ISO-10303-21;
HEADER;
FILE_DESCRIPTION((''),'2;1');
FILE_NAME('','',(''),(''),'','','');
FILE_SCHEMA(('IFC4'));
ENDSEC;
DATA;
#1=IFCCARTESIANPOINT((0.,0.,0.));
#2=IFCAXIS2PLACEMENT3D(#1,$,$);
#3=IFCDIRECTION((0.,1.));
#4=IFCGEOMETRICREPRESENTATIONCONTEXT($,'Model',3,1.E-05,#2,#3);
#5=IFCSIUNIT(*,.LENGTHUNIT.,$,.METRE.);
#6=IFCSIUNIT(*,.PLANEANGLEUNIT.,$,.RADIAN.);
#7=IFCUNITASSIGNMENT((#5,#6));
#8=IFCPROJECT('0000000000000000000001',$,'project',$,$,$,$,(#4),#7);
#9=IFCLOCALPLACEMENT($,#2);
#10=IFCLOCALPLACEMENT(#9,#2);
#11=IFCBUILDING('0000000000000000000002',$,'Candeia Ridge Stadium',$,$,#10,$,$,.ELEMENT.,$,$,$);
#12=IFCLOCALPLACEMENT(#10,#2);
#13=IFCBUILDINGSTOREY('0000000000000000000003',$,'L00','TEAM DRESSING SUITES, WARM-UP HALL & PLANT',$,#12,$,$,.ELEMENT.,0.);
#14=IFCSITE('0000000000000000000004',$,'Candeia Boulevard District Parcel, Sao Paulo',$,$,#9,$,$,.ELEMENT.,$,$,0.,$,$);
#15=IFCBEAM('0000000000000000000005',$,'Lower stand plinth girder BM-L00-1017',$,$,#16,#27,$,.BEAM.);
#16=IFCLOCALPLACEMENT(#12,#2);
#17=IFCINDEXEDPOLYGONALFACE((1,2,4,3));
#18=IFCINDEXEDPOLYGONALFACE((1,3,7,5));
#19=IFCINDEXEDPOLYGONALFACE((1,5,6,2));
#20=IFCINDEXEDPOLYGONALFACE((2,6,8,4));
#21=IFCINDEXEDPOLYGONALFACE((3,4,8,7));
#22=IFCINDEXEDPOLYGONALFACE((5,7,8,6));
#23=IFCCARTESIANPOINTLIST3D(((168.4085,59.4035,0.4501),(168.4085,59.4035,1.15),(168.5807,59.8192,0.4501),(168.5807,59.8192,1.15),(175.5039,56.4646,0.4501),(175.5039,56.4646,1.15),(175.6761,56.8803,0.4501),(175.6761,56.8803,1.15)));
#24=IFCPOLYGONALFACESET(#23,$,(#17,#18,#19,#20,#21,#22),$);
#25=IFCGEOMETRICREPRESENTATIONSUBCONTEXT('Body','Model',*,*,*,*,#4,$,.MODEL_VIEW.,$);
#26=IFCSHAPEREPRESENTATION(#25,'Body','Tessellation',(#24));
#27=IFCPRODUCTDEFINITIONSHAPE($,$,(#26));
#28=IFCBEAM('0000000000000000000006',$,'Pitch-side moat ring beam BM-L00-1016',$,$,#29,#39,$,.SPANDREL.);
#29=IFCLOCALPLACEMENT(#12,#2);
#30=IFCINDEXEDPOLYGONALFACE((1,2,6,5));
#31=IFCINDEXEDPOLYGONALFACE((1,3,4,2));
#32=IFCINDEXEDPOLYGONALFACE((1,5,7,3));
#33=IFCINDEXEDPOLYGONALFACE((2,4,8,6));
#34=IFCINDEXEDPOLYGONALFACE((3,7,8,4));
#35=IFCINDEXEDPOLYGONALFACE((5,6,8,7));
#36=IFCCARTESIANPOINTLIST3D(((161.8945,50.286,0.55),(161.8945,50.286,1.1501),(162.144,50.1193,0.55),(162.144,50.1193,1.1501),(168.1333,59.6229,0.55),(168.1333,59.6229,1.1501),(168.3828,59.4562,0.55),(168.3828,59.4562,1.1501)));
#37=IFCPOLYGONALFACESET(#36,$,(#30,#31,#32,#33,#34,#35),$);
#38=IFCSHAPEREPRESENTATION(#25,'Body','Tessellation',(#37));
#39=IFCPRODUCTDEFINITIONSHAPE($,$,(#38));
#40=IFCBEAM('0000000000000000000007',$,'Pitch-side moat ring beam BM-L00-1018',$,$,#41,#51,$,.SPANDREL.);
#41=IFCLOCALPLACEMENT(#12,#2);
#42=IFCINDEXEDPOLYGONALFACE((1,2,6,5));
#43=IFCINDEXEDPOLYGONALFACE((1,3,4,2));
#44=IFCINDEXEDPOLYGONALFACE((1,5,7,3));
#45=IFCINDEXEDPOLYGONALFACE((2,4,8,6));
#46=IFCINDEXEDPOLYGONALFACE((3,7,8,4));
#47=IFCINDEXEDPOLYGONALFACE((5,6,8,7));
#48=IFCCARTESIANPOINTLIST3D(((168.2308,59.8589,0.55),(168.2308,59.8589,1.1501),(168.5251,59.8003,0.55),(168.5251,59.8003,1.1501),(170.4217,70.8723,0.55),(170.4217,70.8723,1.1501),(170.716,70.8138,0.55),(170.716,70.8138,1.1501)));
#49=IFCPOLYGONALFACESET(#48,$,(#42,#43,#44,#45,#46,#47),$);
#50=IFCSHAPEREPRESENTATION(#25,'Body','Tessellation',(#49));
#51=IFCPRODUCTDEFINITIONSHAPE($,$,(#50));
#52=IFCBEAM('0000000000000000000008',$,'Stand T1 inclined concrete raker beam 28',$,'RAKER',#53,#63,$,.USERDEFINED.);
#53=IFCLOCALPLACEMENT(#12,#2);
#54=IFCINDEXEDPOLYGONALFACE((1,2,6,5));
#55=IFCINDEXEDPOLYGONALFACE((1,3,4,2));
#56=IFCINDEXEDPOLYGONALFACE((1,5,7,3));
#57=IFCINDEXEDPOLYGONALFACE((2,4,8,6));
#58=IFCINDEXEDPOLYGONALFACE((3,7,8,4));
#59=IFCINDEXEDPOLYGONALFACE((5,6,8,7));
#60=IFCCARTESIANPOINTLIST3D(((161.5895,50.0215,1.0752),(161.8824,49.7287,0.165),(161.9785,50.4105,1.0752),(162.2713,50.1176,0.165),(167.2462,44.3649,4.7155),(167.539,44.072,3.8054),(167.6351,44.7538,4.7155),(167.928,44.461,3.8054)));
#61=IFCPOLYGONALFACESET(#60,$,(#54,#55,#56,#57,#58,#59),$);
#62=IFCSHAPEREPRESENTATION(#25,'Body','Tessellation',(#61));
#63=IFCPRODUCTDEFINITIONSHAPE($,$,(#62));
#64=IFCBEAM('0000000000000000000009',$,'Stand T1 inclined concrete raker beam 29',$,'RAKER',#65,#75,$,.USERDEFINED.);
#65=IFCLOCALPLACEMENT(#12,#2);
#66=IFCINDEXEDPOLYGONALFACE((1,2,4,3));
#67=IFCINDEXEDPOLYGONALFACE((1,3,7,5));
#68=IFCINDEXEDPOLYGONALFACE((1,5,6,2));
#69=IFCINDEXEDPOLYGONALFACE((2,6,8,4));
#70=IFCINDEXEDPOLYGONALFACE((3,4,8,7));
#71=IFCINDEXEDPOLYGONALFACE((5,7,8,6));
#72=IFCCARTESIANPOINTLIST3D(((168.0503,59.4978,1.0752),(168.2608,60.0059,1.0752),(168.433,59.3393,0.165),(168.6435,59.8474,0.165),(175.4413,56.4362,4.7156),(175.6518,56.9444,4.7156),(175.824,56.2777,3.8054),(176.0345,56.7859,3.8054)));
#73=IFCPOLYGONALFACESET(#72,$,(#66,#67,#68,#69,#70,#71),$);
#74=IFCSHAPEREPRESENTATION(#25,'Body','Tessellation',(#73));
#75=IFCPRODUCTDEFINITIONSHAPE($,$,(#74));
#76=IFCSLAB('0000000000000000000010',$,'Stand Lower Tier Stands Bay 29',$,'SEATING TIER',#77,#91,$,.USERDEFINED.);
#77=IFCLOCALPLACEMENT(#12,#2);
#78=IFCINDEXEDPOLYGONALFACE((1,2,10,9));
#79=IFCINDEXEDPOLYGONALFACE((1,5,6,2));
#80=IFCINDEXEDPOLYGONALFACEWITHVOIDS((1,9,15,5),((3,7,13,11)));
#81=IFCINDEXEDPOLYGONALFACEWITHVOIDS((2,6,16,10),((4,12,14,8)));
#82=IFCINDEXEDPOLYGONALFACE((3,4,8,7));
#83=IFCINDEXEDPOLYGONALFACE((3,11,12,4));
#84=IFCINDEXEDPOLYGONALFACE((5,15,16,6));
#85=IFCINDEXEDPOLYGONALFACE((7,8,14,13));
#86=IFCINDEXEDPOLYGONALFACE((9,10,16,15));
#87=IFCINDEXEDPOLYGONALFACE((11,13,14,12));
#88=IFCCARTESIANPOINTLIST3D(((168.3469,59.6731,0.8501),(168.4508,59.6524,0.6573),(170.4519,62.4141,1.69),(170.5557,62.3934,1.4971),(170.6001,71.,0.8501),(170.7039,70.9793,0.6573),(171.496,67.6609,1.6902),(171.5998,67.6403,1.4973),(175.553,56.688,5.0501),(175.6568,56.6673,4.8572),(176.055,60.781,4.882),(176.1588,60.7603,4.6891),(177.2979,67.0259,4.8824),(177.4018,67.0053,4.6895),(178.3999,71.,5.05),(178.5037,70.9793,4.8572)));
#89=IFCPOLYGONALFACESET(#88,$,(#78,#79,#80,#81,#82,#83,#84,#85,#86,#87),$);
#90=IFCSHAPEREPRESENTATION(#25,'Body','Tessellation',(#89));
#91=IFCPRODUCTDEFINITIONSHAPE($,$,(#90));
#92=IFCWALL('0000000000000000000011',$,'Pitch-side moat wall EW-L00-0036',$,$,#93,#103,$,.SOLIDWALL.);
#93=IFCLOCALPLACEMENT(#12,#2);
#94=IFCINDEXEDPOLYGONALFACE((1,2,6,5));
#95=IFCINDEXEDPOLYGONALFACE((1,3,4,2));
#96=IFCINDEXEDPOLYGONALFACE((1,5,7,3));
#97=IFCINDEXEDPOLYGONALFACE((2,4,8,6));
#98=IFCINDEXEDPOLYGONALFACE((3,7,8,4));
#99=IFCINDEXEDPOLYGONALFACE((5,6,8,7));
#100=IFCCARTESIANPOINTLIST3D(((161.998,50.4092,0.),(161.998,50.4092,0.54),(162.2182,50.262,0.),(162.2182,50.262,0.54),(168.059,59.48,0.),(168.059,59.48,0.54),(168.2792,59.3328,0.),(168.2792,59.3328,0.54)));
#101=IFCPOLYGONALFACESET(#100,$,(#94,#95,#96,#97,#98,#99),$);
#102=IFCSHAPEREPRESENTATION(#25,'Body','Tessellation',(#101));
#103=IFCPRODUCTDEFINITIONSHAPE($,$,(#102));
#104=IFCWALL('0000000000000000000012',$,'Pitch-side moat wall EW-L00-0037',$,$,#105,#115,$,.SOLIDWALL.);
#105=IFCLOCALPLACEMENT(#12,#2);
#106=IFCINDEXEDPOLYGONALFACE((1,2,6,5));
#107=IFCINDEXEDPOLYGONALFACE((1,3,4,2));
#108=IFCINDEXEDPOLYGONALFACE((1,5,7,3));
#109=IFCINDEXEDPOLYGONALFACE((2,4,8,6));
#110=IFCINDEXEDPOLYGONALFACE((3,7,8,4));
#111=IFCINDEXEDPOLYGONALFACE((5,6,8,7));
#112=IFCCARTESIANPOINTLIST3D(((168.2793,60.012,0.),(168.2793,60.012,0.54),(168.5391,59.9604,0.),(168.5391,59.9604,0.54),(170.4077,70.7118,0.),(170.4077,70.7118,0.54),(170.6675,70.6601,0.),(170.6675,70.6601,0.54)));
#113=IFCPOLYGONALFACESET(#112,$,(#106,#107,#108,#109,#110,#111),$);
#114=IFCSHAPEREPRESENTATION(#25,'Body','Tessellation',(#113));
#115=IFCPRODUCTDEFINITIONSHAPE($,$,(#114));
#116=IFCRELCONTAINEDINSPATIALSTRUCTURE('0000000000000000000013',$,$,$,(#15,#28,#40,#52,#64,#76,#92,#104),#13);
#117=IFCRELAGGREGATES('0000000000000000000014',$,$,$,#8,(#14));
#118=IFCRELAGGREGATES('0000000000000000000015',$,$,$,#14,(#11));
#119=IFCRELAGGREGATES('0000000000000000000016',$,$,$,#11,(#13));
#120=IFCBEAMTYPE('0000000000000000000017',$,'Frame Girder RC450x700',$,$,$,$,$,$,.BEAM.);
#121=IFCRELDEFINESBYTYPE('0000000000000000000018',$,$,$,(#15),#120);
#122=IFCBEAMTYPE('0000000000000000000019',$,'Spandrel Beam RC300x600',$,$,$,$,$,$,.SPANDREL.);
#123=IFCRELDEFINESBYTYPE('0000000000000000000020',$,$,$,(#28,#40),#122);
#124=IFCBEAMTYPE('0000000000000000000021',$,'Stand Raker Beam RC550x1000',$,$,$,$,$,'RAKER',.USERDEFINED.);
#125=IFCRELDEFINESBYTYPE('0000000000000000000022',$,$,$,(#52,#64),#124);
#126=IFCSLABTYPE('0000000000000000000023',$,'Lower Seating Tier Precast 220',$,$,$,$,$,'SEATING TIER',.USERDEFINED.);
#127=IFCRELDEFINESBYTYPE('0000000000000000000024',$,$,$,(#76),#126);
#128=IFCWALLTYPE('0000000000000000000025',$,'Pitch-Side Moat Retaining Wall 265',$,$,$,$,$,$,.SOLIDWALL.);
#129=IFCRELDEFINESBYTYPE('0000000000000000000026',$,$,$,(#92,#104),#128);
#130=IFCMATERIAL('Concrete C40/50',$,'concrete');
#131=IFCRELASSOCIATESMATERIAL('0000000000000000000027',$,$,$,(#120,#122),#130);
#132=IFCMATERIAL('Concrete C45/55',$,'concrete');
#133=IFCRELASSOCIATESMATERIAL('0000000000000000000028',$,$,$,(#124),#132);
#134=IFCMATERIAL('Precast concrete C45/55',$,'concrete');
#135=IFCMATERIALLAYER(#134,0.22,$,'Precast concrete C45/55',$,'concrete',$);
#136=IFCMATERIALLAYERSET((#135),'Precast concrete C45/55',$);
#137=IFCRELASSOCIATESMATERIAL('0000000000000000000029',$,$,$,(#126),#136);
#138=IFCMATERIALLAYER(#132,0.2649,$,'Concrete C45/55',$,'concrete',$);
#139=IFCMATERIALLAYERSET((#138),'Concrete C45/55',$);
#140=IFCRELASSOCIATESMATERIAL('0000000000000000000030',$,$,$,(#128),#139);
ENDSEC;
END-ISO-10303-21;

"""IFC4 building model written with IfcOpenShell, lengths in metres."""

from ifc_helpers import new_model, si_unit, direction, frame, frame_2d, origin, origin_2d, place, context, subcontext, project, spatial, polyline, rectangle, outline, extrude, material, layer, layer_set, material_profile, profile_set, type_object, element, save


model = new_model("IFC4")

# Units and contexts
model_context = context("Model", 3, precision=1e-05, world=origin(), true_north=direction((0.0, 1.0)))
body_context = subcontext(model_context, "Body", "Model", "MODEL_VIEW")
ifc_project = project(units=[si_unit("LENGTHUNIT", "METRE"), si_unit("PLANEANGLEUNIT", "RADIAN")], contexts=[model_context])

# Site, building, storey
site_placement = place(None, origin())
site = spatial("IfcSite", under=ifc_project, at=site_placement, Name="Candeia Boulevard District Parcel, Sao Paulo", CompositionType="ELEMENT", RefElevation=0.0)
building_placement = place(site_placement, origin())
building = spatial("IfcBuilding", under=site, at=building_placement, Name="Candeia Ridge Stadium", CompositionType="ELEMENT")
storey_placement = place(building_placement, origin())
storey = spatial("IfcBuildingStorey", under=building, at=storey_placement, Name="L00", Description="TEAM DRESSING SUITES, WARM-UP HALL & PLANT", CompositionType="ELEMENT", Elevation=0.0)

# Shared definitions
ifc_material_1 = material(Name="Concrete C40/50", Category="concrete")

# Beams
ifc_material_profile_1 = material_profile(ifc_material_1, rectangle(XDim=0.45, YDim=0.7, at=origin_2d()), Name="RC450x700", Category="concrete")
ifc_profile_set_1 = profile_set([ifc_material_profile_1], Name="Concrete C40/50")
beam_type_1 = type_object("IfcBeamType", Name="Frame Girder RC450x700", PredefinedType="BEAM", material=ifc_profile_set_1)
beam_1_placement = place(storey_placement, frame((168.4946, 59.6113, 0.8), z_axis=(0.923883, -0.382676, 0.0), x_axis=(0.382676, 0.923883, 0.0)))
element("IfcBeam", 1, at=beam_1_placement, inside=storey, type_object=beam_type_1, Name="Lower stand plinth girder BM-L00-1017", PredefinedType="BEAM", context=body_context, shape_type="SweptSolid", body=[
    extrude(rectangle(XDim=0.45, YDim=0.7, at=origin_2d()), origin(), (0.0, 0.0, 1.0), 7.6799),
])
ifc_material_profile_2 = material_profile(ifc_material_1, rectangle(XDim=0.3, YDim=0.6001, at=origin_2d()), Name="RC300x600", Category="concrete")
ifc_profile_set_2 = profile_set([ifc_material_profile_2], Name="Concrete C40/50")
beam_type_2 = type_object("IfcBeamType", Name="Spandrel Beam RC300x600", PredefinedType="SPANDREL", material=ifc_profile_set_2)
beam_2_placement = place(storey_placement, frame((162.0193, 50.2026, 0.8501), z_axis=(0.555573, 0.831468, 0.0), x_axis=(-0.831468, 0.555573, 0.0)))
element("IfcBeam", 2, at=beam_2_placement, inside=storey, type_object=beam_type_2, Name="Pitch-side moat ring beam BM-L00-1016", PredefinedType="SPANDREL", context=body_context, shape_type="SweptSolid", body=[
    extrude(rectangle(XDim=0.3, YDim=0.6001, at=origin_2d()), origin(), (0.0, 0.0, 1.0), 11.2295),
])
beam_3_placement = place(storey_placement, frame((168.3779, 59.8296, 0.8501), z_axis=(0.195108, 0.980782, 0.0), x_axis=(-0.980782, 0.195108, 0.0)))
element("IfcBeam", 3, at=beam_3_placement, inside=storey, type_object=beam_type_2, Name="Pitch-side moat ring beam BM-L00-1018", PredefinedType="SPANDREL", context=body_context, shape_type="SweptSolid", body=[
    extrude(rectangle(XDim=0.3, YDim=0.6001, at=origin_2d()), origin(), (0.0, 0.0, 1.0), 11.2292),
])
ifc_material_2 = material(Name="Concrete C45/55", Category="concrete")
ifc_material_profile_3 = material_profile(ifc_material_2, rectangle(XDim=0.55, YDim=1.0, at=origin_2d()), Name="RC550x1000", Category="concrete")
ifc_profile_set_3 = profile_set([ifc_material_profile_3], Name="Concrete C45/55")
beam_type_3 = type_object("IfcBeamType", Name="Stand Raker Beam RC550x1000", ElementType="RAKER", PredefinedType="USERDEFINED", material=ifc_profile_set_3)
beam_4_placement = place(storey_placement, frame((161.9304, 50.0696, 0.6201), z_axis=(0.643602, -0.643602, 0.414189), x_axis=(0.707107, 0.707107, 0.0)))
element("IfcBeam", 4, at=beam_4_placement, inside=storey, type_object=beam_type_3, Name="Stand T1 inclined concrete raker beam 28", ObjectType="RAKER", PredefinedType="USERDEFINED", context=body_context, shape_type="SweptSolid", body=[
    extrude(rectangle(XDim=0.55, YDim=1.0, at=origin_2d()), origin(), (0.0, 0.0, 1.0), 8.7891),
])
beam_5_placement = place(storey_placement, frame((168.3469, 59.6726, 0.6201), z_axis=(0.840902, -0.348327, 0.414187), x_axis=(0.382697, 0.923874, 0.0)))
element("IfcBeam", 5, at=beam_5_placement, inside=storey, type_object=beam_type_3, Name="Stand T1 inclined concrete raker beam 29", ObjectType="RAKER", PredefinedType="USERDEFINED", context=body_context, shape_type="SweptSolid", body=[
    extrude(rectangle(XDim=0.55, YDim=1.0, at=origin_2d()), origin(), (0.0, 0.0, 1.0), 8.7893),
])

# Slab
ifc_material_3 = material(Name="Precast concrete C45/55", Category="concrete")
ifc_layer_1 = layer(ifc_material_3, 0.22, Name="Precast concrete C45/55", Category="concrete")
ifc_layer_set_1 = layer_set([ifc_layer_1], Name="Precast concrete C45/55")
slab_type = type_object("IfcSlabType", Name="Lower Seating Tier Precast 220", ElementType="SEATING TIER", PredefinedType="USERDEFINED", material=ifc_layer_set_1)
slab_1_placement = place(storey_placement, frame((168.3469, 59.6731, 0.8501), z_axis=(-0.472009, 0.093892, 0.876579), x_axis=(0.195099, 0.980784, 0.000001)))
element("IfcSlab", 6, at=slab_1_placement, inside=storey, type_object=slab_type, Name="Stand Lower Tier Stands Bay 29", ObjectType="SEATING TIER", PredefinedType="USERDEFINED", context=body_context, shape_type="SweptSolid", body=[
    extrude(outline(polyline([(0.0, 0.0), (11.5488, 0.0), (13.0706, -8.727), (-1.5218, -8.7271), (0.0, 0.0)]), holes=[polyline([(3.099, -1.7451), (8.4487, -1.7456), (8.9579, -8.3786), (2.5904, -8.3778), (3.099, -1.7451)])]), origin(), (0.0, 0.0, -1.0), 0.22),
])

# Walls
ifc_layer_2 = layer(ifc_material_2, 0.2649, Name="Concrete C45/55", Category="concrete")
ifc_layer_set_2 = layer_set([ifc_layer_2], Name="Concrete C45/55")
wall_type = type_object("IfcWallType", Name="Pitch-Side Moat Retaining Wall 265", PredefinedType="SOLIDWALL", material=ifc_layer_set_2)
for number, where, z_axis, x_axis, name in (
    (7, (162.1082, 50.3357, 0.0), (0.0, 0.0, 1.0), (0.555578, 0.831465, 0.0), "Pitch-side moat wall EW-L00-0036"),
    (8, (168.4092, 59.9863, 0.0), (0.0, 0.0, 1.0), (0.1951, 0.980783, 0.0), "Pitch-side moat wall EW-L00-0037"),
):
    element("IfcWall", number, at=place(storey_placement, frame(where, z_axis=z_axis, x_axis=x_axis)), inside=storey, type_object=wall_type, Name=name, PredefinedType="SOLIDWALL", context=body_context, shape_type="SweptSolid", body=[
        extrude(rectangle(XDim=10.9094, YDim=0.2649, at=frame_2d((5.4546, 0.0))), origin(), (0.0, 0.0, 1.0), 0.54),
    ])

save(model, "model.ifc")
